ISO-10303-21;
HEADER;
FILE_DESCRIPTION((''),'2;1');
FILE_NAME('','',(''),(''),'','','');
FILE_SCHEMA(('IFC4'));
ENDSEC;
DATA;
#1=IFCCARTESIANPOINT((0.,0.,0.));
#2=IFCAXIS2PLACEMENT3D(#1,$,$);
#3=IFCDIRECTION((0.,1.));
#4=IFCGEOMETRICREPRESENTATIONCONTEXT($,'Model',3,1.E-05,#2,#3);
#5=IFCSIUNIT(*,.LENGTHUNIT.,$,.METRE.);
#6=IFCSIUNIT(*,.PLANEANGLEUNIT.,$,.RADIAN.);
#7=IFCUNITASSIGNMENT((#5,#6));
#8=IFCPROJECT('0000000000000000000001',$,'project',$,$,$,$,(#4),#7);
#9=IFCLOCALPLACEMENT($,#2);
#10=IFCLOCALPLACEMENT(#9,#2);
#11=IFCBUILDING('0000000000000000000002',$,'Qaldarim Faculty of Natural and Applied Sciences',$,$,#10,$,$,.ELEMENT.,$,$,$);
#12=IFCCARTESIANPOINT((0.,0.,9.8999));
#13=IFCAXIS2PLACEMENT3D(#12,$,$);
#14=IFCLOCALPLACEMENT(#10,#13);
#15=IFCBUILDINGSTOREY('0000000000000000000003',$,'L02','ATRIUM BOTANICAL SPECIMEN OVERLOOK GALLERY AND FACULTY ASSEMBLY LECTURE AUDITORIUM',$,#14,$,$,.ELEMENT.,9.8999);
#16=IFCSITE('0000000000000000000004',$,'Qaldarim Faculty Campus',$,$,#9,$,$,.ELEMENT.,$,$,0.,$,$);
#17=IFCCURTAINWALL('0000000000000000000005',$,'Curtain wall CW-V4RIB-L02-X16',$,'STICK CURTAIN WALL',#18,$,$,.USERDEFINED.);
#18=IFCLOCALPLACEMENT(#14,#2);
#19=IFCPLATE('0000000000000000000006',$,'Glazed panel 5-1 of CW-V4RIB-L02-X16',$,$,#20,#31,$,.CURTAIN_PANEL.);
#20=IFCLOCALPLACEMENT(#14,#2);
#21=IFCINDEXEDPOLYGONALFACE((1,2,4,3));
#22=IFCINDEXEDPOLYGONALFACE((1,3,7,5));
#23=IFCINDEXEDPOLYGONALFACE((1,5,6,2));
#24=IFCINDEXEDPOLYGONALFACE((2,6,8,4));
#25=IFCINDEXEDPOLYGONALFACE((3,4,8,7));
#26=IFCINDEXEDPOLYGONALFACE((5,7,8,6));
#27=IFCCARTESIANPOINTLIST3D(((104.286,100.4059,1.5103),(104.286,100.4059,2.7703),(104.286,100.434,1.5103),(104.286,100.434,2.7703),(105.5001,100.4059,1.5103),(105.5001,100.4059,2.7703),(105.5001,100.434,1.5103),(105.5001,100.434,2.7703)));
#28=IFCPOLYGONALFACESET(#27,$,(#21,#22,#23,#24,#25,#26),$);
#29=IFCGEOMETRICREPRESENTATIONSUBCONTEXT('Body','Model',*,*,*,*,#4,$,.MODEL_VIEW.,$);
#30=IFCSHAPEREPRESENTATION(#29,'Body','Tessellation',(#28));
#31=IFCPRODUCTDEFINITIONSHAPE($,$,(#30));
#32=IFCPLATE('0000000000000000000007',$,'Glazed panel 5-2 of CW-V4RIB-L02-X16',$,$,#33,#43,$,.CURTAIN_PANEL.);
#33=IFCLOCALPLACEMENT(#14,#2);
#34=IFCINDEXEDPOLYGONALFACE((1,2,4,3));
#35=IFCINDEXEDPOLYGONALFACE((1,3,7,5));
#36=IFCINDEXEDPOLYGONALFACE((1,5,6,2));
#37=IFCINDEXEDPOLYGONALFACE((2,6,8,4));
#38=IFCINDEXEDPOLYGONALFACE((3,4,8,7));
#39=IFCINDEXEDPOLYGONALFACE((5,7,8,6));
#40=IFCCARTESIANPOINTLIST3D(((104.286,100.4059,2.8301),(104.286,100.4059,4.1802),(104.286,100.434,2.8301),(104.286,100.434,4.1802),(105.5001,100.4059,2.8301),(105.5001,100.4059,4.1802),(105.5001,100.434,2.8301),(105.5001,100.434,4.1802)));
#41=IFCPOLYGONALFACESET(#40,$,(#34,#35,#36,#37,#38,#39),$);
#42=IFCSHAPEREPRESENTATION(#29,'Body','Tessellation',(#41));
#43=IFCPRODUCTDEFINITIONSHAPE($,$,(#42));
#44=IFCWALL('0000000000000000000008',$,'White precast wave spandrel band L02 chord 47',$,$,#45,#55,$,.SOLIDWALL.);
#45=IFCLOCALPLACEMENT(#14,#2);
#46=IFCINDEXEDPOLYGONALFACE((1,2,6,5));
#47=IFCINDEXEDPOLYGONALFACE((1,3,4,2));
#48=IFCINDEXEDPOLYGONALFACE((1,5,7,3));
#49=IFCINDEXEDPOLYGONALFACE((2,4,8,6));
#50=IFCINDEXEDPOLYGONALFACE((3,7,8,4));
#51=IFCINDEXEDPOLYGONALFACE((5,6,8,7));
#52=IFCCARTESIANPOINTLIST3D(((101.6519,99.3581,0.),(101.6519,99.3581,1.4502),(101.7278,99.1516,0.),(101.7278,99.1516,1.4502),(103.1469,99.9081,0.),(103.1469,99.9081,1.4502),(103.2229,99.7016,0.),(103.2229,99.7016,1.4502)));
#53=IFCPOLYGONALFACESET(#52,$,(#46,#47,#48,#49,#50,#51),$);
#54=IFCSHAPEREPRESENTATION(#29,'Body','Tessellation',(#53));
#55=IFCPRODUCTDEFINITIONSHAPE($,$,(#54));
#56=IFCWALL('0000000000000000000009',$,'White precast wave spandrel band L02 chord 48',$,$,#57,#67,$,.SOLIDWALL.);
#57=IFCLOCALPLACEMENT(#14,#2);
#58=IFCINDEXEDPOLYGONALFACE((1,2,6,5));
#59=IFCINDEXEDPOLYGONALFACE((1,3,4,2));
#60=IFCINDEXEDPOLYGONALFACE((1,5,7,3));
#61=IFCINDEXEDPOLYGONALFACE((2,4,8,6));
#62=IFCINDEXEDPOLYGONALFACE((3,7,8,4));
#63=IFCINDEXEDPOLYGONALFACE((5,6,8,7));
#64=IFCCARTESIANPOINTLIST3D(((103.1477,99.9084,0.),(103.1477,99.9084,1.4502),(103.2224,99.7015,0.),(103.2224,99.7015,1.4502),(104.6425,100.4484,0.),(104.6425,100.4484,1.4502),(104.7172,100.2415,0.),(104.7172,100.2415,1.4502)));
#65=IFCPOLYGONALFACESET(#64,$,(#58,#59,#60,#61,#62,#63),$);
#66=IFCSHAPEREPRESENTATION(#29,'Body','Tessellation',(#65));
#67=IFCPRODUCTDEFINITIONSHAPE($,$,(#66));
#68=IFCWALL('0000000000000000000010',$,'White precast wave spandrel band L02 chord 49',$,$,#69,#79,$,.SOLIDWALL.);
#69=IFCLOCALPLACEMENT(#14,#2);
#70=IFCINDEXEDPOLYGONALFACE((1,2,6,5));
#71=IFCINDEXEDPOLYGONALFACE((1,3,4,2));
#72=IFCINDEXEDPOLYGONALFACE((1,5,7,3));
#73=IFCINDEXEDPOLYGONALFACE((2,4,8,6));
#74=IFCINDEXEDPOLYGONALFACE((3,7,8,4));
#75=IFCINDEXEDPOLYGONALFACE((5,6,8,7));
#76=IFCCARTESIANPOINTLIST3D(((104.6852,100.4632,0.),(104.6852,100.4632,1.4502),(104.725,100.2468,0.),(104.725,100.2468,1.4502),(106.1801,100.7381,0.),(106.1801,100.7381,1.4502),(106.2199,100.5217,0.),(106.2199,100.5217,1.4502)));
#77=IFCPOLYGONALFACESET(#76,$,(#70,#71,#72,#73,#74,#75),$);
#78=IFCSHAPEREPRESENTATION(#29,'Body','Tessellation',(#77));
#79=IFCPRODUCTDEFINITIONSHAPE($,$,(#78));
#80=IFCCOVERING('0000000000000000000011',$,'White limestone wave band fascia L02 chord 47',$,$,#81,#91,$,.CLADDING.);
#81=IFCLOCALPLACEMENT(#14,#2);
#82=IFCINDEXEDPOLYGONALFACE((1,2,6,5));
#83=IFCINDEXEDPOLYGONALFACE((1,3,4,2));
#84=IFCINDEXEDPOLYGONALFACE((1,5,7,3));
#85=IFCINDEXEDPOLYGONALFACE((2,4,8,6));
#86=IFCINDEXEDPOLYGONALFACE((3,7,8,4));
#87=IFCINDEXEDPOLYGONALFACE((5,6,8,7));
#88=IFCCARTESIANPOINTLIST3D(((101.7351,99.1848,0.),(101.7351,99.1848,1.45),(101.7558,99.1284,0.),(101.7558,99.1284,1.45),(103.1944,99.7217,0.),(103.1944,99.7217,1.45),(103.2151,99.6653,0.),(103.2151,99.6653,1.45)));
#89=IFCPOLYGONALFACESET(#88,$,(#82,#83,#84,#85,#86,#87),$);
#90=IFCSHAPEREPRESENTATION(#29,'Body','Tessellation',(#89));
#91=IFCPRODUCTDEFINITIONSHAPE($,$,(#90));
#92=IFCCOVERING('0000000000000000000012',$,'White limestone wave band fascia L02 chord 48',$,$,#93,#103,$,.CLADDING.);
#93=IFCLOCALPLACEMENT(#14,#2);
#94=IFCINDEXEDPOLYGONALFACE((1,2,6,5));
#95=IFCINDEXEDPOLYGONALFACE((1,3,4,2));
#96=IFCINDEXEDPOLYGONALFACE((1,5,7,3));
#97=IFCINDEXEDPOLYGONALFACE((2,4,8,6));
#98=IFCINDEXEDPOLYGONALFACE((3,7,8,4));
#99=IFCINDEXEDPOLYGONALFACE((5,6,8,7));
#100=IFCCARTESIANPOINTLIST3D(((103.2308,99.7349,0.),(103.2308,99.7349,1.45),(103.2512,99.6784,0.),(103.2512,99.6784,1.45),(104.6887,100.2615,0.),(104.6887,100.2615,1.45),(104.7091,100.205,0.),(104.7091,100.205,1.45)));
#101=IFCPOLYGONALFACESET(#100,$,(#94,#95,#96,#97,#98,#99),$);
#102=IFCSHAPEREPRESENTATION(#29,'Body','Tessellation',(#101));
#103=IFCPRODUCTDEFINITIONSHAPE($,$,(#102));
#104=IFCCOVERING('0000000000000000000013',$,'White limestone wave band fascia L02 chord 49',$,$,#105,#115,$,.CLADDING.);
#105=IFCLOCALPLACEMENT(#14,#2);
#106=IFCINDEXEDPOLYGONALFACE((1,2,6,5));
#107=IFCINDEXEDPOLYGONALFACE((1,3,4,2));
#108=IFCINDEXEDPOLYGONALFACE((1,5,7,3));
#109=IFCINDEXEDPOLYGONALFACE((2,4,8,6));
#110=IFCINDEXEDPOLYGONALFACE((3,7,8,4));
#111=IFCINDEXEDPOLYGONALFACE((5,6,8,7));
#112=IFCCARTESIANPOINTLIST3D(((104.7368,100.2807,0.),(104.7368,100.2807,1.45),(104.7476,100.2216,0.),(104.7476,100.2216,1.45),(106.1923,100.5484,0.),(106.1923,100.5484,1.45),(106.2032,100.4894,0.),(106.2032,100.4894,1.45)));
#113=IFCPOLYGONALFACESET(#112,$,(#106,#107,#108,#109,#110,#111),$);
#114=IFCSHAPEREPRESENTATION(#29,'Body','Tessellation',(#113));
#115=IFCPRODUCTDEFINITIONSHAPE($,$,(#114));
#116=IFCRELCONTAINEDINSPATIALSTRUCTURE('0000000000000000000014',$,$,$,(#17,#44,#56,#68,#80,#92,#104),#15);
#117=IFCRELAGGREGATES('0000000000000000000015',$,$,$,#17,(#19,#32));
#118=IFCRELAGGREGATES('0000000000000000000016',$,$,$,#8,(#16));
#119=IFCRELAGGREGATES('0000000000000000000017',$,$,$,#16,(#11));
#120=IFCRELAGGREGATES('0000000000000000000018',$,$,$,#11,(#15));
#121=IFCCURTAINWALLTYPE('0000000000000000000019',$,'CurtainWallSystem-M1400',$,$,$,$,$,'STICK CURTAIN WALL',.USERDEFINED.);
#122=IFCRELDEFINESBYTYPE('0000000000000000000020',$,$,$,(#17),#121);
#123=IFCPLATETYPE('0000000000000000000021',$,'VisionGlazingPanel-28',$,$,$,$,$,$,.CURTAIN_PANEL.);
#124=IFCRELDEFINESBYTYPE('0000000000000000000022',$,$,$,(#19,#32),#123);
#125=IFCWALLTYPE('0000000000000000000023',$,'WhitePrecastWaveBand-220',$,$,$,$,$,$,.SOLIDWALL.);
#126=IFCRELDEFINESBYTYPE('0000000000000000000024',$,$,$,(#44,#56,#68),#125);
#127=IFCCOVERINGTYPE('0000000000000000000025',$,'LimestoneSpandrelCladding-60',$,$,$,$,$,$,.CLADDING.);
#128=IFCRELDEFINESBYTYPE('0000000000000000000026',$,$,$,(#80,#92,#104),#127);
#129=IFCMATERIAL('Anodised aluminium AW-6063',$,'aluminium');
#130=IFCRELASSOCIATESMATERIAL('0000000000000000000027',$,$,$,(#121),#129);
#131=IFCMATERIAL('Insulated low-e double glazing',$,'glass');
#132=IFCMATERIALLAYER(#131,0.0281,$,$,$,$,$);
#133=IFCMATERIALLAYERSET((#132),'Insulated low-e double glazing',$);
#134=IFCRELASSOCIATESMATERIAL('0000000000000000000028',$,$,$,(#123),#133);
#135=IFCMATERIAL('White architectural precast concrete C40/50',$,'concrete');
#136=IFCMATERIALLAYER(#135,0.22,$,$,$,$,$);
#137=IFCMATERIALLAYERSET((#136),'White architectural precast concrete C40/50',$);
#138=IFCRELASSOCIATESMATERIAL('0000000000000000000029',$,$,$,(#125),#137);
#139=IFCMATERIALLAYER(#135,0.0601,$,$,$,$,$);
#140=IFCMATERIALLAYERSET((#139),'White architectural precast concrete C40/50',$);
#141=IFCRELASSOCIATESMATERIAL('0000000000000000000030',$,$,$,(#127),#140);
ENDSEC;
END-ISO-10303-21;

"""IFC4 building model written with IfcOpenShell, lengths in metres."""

from ifc_helpers import new_model, si_unit, direction, frame, frame_2d, origin, origin_2d, place, context, subcontext, project, spatial, rectangle, extrude, material, layer, layer_set, type_object, element, aggregate, save


model = new_model("IFC4")

# Units and contexts
model_context = context("Model", 3, precision=1e-05, world=origin(), true_north=direction((0.0, 1.0)))
body_context = subcontext(model_context, "Body", "Model", "MODEL_VIEW")
ifc_project = project(units=[si_unit("LENGTHUNIT", "METRE"), si_unit("PLANEANGLEUNIT", "RADIAN")], contexts=[model_context])

# Site, building, storey
site_placement = place(None, origin())
site = spatial("IfcSite", under=ifc_project, at=site_placement, Name="Qaldarim Faculty Campus", CompositionType="ELEMENT", RefElevation=0.0)
building_placement = place(site_placement, origin())
building = spatial("IfcBuilding", under=site, at=building_placement, Name="Qaldarim Faculty of Natural and Applied Sciences", CompositionType="ELEMENT")
storey_placement = place(building_placement, frame((0.0, 0.0, 9.8999)))
storey = spatial("IfcBuildingStorey", under=building, at=storey_placement, Name="L02", Description="ATRIUM BOTANICAL SPECIMEN OVERLOOK GALLERY AND FACULTY ASSEMBLY LECTURE AUDITORIUM", CompositionType="ELEMENT", Elevation=9.8999)

# Curtain wall, plates
ifc_material_1 = material(Name="Anodised aluminium AW-6063", Category="aluminium")
curtain_wall_type = type_object("IfcCurtainWallType", Name="CurtainWallSystem-M1400", ElementType="STICK CURTAIN WALL", PredefinedType="USERDEFINED", material=ifc_material_1)
curtain_wall_placement = place(storey_placement, origin())
curtain_wall = element("IfcCurtainWall", 1, at=curtain_wall_placement, inside=storey, type_object=curtain_wall_type, Name="Curtain wall CW-V4RIB-L02-X16", ObjectType="STICK CURTAIN WALL", PredefinedType="USERDEFINED")
ifc_material_2 = material(Name="Insulated low-e double glazing", Category="glass")
ifc_layer_1 = layer(ifc_material_2, 0.0281)
ifc_layer_set_1 = layer_set([ifc_layer_1], Name="Insulated low-e double glazing")
plate_type = type_object("IfcPlateType", Name="VisionGlazingPanel-28", PredefinedType="CURTAIN_PANEL", material=ifc_layer_set_1)
plate_1_placement = place(storey_placement, frame((104.8931, 100.4199, 1.5103), z_axis=(0.0, 0.0, 1.0), x_axis=(1.0, 0.0, 0.0)))
plate_1 = element("IfcPlate", 2, at=plate_1_placement, type_object=plate_type, Name="Glazed panel 5-1 of CW-V4RIB-L02-X16", PredefinedType="CURTAIN_PANEL", context=body_context, shape_type="SweptSolid", body=[
    extrude(rectangle(XDim=1.2141, YDim=0.0281, at=origin_2d()), origin(), (0.0, 0.0, 1.0), 1.26),
])
plate_2_placement = place(storey_placement, frame((104.8931, 100.4199, 2.8301), z_axis=(0.0, 0.0, 1.0), x_axis=(1.0, 0.0, 0.0)))
plate_2 = element("IfcPlate", 3, at=plate_2_placement, type_object=plate_type, Name="Glazed panel 5-2 of CW-V4RIB-L02-X16", PredefinedType="CURTAIN_PANEL", context=body_context, shape_type="SweptSolid", body=[
    extrude(rectangle(XDim=1.2141, YDim=0.0281, at=origin_2d()), origin(), (0.0, 0.0, 1.0), 1.3501),
])
aggregate(curtain_wall, [plate_1, plate_2])

# Walls
ifc_material_3 = material(Name="White architectural precast concrete C40/50", Category="concrete")
ifc_layer_2 = layer(ifc_material_3, 0.22)
ifc_layer_set_2 = layer_set([ifc_layer_2], Name="White architectural precast concrete C40/50")
wall_type = type_object("IfcWallType", Name="WhitePrecastWaveBand-220", PredefinedType="SOLIDWALL", material=ifc_layer_set_2)
wall_1_placement = place(storey_placement, frame((101.6899, 99.2549, 0.0), z_axis=(0.0, 0.0, 1.0), x_axis=(0.938503, 0.345272, 0.0)))
element("IfcWall", 4, at=wall_1_placement, inside=storey, type_object=wall_type, Name="White precast wave spandrel band L02 chord 47", PredefinedType="SOLIDWALL", context=body_context, shape_type="SweptSolid", body=[
    extrude(rectangle(XDim=1.593, YDim=0.22, at=frame_2d((0.7964, 0.0))), origin(), (0.0, 0.0, 1.0), 1.4502),
])
wall_2_placement = place(storey_placement, frame((103.1851, 99.8049, 0.0), z_axis=(0.0, 0.0, 1.0), x_axis=(0.940509, 0.339769, 0.0)))
element("IfcWall", 5, at=wall_2_placement, inside=storey, type_object=wall_type, Name="White precast wave spandrel band L02 chord 48", PredefinedType="SOLIDWALL", context=body_context, shape_type="SweptSolid", body=[
    extrude(rectangle(XDim=1.5894, YDim=0.22, at=frame_2d((0.7947, 0.0))), origin(), (0.0, 0.0, 1.0), 1.4502),
])
wall_3_placement = place(storey_placement, frame((104.7051, 100.355, 0.0), z_axis=(0.0, 0.0, 1.0), x_axis=(0.983508, 0.180864, 0.0)))
element("IfcWall", 6, at=wall_3_placement, inside=storey, type_object=wall_type, Name="White precast wave spandrel band L02 chord 49", PredefinedType="SOLIDWALL", context=body_context, shape_type="SweptSolid", body=[
    extrude(rectangle(XDim=1.52, YDim=0.22, at=frame_2d((0.76, 0.0))), origin(), (0.0, 0.0, 1.0), 1.4502),
])

# Coverings
ifc_layer_3 = layer(ifc_material_3, 0.0601)
ifc_layer_set_3 = layer_set([ifc_layer_3], Name="White architectural precast concrete C40/50")
covering_type = type_object("IfcCoveringType", Name="LimestoneSpandrelCladding-60", PredefinedType="CLADDING", material=ifc_layer_set_3)
covering_1_placement = place(storey_placement, frame((102.4751, 99.425, 0.0), z_axis=(0.0, 0.0, 1.0), x_axis=(0.938505, 0.345265, 0.0)))
element("IfcCovering", 7, at=covering_1_placement, inside=storey, type_object=covering_type, Name="White limestone wave band fascia L02 chord 47", PredefinedType="CLADDING", context=body_context, shape_type="SweptSolid", body=[
    extrude(rectangle(XDim=1.5549, YDim=0.0601, at=origin_2d()), origin(), (0.0, 0.0, 1.0), 1.45),
])
covering_2_placement = place(storey_placement, frame((103.97, 99.97, 0.0), z_axis=(0.0, 0.0, 1.0), x_axis=(0.940526, 0.339723, 0.0)))
element("IfcCovering", 8, at=covering_2_placement, inside=storey, type_object=covering_type, Name="White limestone wave band fascia L02 chord 48", PredefinedType="CLADDING", context=body_context, shape_type="SweptSolid", body=[
    extrude(rectangle(XDim=1.55, YDim=0.0601, at=origin_2d()), origin(), (0.0, 0.0, 1.0), 1.45),
])
covering_3_placement = place(storey_placement, frame((105.47, 100.385, 0.0), z_axis=(0.0, 0.0, 1.0), x_axis=(0.983499, 0.180914, 0.0)))
element("IfcCovering", 9, at=covering_3_placement, inside=storey, type_object=covering_type, Name="White limestone wave band fascia L02 chord 49", PredefinedType="CLADDING", context=body_context, shape_type="SweptSolid", body=[
    extrude(rectangle(XDim=1.48, YDim=0.0601, at=origin_2d()), origin(), (0.0, 0.0, 1.0), 1.45),
])

save(model, "model.ifc")
